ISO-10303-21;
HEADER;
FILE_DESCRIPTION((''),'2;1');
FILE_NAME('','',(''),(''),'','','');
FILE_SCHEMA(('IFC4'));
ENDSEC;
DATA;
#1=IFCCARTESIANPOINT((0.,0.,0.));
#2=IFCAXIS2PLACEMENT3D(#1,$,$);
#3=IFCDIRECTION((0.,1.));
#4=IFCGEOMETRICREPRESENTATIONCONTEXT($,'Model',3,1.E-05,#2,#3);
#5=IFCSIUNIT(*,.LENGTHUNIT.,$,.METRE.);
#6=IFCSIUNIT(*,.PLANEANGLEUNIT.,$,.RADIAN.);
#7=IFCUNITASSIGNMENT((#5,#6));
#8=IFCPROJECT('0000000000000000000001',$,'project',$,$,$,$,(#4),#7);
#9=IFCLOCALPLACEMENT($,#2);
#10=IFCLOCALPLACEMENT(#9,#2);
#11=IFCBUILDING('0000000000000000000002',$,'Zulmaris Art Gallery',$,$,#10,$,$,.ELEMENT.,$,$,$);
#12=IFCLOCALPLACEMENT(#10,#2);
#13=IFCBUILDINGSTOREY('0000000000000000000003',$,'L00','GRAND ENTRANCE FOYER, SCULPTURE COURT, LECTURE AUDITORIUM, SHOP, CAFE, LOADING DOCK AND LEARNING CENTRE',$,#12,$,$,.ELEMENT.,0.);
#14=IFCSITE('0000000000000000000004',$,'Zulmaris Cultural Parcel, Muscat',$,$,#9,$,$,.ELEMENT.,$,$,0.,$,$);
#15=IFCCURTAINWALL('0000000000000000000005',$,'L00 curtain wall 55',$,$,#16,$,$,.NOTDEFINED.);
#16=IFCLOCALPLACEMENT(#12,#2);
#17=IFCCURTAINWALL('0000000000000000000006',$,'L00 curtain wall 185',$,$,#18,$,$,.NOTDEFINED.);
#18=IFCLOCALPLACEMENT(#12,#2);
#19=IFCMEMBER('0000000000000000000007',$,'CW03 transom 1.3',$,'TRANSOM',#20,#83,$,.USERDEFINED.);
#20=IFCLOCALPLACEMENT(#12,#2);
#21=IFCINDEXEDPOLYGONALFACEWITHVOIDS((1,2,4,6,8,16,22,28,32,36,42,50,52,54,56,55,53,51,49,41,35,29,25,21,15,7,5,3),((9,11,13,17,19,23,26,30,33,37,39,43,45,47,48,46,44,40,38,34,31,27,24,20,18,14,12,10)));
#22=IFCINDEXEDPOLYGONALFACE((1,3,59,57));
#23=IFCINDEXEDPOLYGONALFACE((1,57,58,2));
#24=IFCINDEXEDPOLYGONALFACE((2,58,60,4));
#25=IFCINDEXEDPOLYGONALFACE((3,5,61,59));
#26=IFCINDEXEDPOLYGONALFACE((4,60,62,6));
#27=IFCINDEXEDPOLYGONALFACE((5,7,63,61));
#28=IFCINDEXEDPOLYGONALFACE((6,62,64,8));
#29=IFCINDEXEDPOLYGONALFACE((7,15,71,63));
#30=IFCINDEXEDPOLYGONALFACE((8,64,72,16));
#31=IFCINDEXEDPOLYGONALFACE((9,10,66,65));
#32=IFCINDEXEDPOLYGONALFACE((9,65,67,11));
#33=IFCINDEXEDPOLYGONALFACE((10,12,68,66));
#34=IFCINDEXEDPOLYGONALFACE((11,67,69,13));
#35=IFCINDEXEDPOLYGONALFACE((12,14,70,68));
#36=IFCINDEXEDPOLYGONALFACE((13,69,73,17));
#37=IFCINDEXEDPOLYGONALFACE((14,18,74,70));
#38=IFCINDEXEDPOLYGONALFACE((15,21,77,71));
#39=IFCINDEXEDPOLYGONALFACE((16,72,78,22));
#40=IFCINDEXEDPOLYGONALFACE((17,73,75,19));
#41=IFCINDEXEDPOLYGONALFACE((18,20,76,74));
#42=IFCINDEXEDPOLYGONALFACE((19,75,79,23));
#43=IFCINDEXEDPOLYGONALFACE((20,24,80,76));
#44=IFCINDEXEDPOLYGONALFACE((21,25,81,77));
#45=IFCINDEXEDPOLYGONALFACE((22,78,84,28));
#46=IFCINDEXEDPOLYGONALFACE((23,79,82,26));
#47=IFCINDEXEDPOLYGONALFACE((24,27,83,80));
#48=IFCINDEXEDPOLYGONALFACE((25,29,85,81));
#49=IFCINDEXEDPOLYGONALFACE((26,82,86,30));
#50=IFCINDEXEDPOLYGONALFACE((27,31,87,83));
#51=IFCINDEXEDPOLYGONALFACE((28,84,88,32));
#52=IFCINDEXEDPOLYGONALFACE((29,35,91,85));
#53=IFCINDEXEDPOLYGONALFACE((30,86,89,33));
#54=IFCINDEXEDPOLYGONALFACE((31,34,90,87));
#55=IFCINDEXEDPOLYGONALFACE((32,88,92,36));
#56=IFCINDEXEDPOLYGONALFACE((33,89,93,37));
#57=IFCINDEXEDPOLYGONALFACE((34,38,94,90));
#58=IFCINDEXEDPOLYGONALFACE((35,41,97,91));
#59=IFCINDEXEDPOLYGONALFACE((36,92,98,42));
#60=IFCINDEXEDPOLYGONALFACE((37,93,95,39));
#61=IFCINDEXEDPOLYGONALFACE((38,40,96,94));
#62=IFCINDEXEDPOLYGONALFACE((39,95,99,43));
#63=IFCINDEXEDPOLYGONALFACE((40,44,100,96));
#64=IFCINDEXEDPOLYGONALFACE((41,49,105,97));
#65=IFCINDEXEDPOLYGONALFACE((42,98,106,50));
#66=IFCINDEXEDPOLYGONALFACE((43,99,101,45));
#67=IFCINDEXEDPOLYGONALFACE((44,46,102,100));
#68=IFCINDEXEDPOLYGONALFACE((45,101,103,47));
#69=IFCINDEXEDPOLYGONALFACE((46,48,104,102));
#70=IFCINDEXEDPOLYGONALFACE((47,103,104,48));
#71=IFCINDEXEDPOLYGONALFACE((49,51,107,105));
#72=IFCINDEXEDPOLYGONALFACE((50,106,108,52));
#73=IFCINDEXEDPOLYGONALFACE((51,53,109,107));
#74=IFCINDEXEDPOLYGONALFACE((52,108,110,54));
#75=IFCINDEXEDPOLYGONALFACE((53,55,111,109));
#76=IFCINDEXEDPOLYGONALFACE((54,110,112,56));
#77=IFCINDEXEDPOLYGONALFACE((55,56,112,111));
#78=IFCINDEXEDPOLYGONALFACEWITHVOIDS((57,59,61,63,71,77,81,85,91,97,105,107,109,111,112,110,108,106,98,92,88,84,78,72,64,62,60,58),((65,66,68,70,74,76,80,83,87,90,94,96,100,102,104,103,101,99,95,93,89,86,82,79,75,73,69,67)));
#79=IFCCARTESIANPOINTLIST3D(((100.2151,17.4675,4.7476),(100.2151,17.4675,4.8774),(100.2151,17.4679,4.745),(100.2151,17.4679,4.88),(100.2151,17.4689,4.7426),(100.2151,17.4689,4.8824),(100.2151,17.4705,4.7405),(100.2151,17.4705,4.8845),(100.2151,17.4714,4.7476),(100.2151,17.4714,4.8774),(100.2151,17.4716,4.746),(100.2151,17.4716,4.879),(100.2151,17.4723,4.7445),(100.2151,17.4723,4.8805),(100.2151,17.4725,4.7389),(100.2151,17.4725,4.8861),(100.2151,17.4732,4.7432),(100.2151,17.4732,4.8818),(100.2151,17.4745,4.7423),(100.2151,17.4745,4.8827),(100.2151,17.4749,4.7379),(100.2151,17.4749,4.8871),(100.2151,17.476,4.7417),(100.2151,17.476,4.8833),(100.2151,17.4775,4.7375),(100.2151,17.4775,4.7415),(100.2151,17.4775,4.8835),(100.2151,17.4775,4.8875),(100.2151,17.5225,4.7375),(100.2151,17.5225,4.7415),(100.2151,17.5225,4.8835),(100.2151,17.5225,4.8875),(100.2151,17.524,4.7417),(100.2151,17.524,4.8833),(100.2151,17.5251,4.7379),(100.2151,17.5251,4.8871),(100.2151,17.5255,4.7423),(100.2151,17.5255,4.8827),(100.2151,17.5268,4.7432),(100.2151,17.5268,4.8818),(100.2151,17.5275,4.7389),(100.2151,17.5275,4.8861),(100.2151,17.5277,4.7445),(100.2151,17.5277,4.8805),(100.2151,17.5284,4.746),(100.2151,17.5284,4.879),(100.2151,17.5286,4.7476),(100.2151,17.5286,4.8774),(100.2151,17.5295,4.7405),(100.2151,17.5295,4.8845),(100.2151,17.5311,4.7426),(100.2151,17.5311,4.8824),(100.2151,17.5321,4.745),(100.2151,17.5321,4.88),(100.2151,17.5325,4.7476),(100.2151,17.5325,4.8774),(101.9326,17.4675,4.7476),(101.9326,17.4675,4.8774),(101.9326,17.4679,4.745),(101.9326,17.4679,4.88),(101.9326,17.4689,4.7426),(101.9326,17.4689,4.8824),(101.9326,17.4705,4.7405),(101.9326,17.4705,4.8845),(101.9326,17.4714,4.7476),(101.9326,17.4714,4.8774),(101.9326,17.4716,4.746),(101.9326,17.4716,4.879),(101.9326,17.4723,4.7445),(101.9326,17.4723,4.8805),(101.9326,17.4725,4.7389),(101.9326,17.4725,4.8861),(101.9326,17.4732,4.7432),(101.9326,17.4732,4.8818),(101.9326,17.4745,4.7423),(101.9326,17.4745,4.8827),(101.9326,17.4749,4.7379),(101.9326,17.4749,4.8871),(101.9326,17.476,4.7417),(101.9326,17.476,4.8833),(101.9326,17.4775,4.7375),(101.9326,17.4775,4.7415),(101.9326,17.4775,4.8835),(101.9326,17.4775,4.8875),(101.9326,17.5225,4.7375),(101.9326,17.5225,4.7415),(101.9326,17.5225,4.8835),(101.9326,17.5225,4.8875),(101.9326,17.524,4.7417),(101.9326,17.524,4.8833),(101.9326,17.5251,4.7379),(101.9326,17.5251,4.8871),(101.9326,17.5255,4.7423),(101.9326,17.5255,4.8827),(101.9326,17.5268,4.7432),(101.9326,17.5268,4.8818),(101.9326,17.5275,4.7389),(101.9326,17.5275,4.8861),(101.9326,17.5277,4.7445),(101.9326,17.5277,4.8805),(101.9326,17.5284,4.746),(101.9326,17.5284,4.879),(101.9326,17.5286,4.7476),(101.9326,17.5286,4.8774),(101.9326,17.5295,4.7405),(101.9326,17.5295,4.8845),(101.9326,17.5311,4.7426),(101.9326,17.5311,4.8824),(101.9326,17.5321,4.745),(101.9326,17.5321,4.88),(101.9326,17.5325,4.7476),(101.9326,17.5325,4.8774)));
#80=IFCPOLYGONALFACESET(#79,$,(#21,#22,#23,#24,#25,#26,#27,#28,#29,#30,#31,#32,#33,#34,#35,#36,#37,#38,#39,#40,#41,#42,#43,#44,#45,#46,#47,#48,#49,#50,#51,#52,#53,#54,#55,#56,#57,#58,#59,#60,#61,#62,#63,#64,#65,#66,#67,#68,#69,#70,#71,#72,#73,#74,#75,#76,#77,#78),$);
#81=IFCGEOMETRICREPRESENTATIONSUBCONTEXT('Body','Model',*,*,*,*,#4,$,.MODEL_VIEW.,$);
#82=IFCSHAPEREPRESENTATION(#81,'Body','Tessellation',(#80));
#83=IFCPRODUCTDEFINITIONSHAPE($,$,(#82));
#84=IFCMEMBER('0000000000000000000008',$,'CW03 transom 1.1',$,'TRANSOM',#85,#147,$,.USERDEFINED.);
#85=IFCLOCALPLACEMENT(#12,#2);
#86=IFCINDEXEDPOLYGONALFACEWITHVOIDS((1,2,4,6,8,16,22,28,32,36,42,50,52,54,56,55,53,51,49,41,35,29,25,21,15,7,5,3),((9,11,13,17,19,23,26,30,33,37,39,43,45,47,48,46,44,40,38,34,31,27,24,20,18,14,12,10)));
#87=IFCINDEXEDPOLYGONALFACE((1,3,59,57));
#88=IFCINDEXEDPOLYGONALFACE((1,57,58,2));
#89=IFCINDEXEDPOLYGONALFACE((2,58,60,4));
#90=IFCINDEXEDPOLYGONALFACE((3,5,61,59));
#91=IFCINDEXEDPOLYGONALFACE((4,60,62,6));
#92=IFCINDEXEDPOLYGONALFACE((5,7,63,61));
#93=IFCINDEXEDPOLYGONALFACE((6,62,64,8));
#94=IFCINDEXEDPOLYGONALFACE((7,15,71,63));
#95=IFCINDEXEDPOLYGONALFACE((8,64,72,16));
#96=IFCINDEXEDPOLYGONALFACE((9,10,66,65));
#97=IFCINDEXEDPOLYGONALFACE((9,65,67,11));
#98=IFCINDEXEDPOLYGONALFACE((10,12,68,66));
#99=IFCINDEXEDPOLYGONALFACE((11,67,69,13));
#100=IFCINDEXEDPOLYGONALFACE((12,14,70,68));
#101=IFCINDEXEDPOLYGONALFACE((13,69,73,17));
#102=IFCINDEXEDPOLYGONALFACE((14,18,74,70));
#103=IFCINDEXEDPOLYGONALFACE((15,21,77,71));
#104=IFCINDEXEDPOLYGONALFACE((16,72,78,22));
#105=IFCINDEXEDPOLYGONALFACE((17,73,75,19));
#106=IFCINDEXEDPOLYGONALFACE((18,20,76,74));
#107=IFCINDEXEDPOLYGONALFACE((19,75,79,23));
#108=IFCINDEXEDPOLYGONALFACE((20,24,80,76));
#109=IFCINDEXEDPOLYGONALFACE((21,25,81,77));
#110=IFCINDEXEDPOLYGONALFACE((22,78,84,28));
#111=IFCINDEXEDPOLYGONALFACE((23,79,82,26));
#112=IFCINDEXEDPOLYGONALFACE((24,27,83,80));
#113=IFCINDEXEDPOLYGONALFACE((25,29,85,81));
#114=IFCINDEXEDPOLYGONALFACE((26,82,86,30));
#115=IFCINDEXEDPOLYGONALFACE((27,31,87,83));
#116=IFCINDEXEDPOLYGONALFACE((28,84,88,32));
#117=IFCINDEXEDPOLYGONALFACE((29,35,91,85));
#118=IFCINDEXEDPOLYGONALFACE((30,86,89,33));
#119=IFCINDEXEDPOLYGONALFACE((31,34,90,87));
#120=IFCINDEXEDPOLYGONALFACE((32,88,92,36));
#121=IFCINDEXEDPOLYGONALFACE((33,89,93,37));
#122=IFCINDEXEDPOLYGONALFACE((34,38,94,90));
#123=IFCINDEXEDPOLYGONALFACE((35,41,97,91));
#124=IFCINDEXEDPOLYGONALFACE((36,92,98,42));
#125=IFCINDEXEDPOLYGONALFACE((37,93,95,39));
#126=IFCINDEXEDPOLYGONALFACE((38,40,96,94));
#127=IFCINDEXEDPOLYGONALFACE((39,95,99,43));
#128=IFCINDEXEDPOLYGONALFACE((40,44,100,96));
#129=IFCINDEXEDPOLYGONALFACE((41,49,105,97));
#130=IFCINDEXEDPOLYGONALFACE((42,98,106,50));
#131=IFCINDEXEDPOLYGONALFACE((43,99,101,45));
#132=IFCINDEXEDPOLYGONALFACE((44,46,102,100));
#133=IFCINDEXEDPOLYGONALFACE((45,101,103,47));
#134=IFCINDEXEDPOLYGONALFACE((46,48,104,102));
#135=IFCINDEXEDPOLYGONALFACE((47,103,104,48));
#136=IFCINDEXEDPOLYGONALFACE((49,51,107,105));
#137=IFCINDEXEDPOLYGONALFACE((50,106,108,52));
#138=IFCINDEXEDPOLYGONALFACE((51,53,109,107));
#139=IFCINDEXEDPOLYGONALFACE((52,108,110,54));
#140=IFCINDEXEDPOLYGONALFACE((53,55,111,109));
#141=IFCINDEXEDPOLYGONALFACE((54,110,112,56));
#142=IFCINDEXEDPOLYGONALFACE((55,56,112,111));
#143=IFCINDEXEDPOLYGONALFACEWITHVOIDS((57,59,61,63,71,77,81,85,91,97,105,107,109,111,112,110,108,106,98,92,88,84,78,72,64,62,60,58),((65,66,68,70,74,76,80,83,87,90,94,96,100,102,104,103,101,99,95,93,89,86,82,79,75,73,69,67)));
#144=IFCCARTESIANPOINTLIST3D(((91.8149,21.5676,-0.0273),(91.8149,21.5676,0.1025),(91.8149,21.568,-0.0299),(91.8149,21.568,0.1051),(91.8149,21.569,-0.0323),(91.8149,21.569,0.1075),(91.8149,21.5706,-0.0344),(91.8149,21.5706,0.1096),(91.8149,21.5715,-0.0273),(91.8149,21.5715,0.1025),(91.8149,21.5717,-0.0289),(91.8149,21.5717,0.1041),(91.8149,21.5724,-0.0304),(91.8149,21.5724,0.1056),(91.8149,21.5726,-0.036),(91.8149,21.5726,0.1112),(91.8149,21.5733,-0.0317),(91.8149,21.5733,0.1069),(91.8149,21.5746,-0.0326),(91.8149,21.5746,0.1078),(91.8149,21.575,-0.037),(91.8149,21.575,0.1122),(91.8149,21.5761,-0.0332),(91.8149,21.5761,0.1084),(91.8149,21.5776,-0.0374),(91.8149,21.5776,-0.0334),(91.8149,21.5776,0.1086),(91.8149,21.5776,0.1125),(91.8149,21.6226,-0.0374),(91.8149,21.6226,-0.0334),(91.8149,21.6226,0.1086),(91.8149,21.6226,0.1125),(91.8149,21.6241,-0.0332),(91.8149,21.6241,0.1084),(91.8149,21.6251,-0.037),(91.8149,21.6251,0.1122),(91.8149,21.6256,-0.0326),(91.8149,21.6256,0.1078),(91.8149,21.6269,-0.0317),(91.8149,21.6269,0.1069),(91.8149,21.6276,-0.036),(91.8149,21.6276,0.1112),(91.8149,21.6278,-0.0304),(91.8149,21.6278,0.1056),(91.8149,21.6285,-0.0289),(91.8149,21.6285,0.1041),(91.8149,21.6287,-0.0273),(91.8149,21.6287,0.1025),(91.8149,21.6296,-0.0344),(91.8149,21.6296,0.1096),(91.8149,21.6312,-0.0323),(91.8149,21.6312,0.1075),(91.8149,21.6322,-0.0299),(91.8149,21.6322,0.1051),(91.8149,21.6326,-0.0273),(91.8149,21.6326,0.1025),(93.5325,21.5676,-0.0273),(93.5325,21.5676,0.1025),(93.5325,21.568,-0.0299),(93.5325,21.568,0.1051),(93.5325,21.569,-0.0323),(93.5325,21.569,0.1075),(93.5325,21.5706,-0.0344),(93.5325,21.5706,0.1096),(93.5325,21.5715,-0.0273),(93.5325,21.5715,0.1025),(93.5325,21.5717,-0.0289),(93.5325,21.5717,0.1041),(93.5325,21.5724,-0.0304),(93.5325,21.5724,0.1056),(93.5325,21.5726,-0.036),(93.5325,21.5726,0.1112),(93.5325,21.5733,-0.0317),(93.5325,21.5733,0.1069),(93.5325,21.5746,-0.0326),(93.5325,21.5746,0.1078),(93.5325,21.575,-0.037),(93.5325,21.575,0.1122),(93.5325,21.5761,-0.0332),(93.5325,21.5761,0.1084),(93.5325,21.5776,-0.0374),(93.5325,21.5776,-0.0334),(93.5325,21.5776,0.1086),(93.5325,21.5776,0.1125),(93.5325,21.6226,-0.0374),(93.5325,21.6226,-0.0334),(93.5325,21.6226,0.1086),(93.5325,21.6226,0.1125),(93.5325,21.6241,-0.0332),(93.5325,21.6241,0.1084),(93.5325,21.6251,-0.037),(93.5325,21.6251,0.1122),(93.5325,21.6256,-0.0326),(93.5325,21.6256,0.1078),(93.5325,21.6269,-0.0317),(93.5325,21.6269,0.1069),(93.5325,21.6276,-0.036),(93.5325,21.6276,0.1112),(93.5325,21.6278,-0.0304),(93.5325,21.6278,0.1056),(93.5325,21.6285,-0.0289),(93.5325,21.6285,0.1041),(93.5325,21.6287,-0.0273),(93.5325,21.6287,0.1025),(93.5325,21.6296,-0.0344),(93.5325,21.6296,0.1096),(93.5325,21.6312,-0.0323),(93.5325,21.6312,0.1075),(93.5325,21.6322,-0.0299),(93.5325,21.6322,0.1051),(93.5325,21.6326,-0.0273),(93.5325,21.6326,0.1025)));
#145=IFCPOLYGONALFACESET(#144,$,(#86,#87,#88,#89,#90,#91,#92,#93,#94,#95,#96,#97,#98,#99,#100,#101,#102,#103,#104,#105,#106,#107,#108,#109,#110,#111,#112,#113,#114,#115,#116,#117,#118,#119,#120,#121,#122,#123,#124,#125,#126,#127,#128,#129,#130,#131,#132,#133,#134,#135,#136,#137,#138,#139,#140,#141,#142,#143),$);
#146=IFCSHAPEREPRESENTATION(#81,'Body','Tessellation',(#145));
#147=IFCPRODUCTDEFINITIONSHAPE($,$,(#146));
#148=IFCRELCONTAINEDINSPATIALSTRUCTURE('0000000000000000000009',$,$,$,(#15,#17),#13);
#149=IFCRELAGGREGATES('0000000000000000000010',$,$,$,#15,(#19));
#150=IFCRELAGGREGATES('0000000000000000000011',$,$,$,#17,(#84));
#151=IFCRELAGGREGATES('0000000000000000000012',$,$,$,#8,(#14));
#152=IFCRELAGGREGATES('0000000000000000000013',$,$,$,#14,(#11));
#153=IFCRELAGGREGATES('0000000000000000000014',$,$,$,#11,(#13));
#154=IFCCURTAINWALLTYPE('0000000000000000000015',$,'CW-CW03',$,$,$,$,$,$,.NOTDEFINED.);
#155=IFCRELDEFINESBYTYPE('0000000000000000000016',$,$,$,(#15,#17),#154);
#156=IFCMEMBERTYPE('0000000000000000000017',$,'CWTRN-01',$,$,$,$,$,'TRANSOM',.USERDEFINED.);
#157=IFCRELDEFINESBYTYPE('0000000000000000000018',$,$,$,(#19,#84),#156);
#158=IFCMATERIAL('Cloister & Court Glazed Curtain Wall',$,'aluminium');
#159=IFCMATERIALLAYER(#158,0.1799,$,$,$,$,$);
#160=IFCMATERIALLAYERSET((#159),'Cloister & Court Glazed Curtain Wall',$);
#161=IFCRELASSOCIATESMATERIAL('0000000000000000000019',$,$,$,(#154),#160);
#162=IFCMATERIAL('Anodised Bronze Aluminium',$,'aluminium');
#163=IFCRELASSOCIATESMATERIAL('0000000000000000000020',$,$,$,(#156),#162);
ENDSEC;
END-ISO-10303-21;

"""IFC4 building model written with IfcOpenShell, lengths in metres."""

from ifc_helpers import new_model, si_unit, direction, frame, origin, origin_2d, place, context, subcontext, project, spatial, hollow_rectangle, extrude, material, layer, layer_set, material_profile, profile_set, type_object, element, aggregate, save


model = new_model("IFC4")

# Units and contexts
model_context = context("Model", 3, precision=1e-05, world=origin(), true_north=direction((0.0, 1.0)))
body_context = subcontext(model_context, "Body", "Model", "MODEL_VIEW")
ifc_project = project(units=[si_unit("LENGTHUNIT", "METRE"), si_unit("PLANEANGLEUNIT", "RADIAN")], contexts=[model_context])

# Site, building, storey
site_placement = place(None, origin())
site = spatial("IfcSite", under=ifc_project, at=site_placement, Name="Zulmaris Cultural Parcel, Muscat", CompositionType="ELEMENT", RefElevation=0.0)
building_placement = place(site_placement, origin())
building = spatial("IfcBuilding", under=site, at=building_placement, Name="Zulmaris Art Gallery", CompositionType="ELEMENT")
storey_placement = place(building_placement, origin())
storey = spatial("IfcBuildingStorey", under=building, at=storey_placement, Name="L00", Description="GRAND ENTRANCE FOYER, SCULPTURE COURT, LECTURE AUDITORIUM, SHOP, CAFE, LOADING DOCK AND LEARNING CENTRE", CompositionType="ELEMENT", Elevation=0.0)

# Curtain wall
ifc_material_1 = material(Name="Cloister & Court Glazed Curtain Wall", Category="aluminium")
ifc_layer_1 = layer(ifc_material_1, 0.1799)
ifc_layer_set_1 = layer_set([ifc_layer_1], Name="Cloister & Court Glazed Curtain Wall")
curtain_wall_type = type_object("IfcCurtainWallType", Name="CW-CW03", PredefinedType="NOTDEFINED", material=ifc_layer_set_1)
curtain_wall_1_placement = place(storey_placement, origin())
curtain_wall_1 = element("IfcCurtainWall", 1, at=curtain_wall_1_placement, inside=storey, type_object=curtain_wall_type, Name="L00 curtain wall 55", PredefinedType="NOTDEFINED")
ifc_material_2 = material(Name="Anodised Bronze Aluminium", Category="aluminium")

# Curtain wall
curtain_wall_2_placement = place(storey_placement, origin())
curtain_wall_2 = element("IfcCurtainWall", 2, at=curtain_wall_2_placement, inside=storey, type_object=curtain_wall_type, Name="L00 curtain wall 185", PredefinedType="NOTDEFINED")

# Members
ifc_material_profile_1 = material_profile(ifc_material_2, hollow_rectangle(XDim=0.0649, YDim=0.1499, WallThickness=0.0039, InnerFilletRadius=0.0061, OuterFilletRadius=0.01, at=origin_2d()), Name="ALU 65x150x4")
ifc_profile_set_1 = profile_set([ifc_material_profile_1], Name="Anodised Bronze Aluminium")
member_type_1 = type_object("IfcMemberType", Name="CWTRN-01", ElementType="TRANSOM", PredefinedType="USERDEFINED", material=ifc_profile_set_1)
member_1_placement = place(storey_placement, frame((100.2151, 17.5, 4.8125), z_axis=(1.0, 0.0, 0.0), x_axis=(0.0, 1.0, 0.0)))
member_1 = element("IfcMember", 3, at=member_1_placement, type_object=member_type_1, Name="CW03 transom 1.3", ObjectType="TRANSOM", PredefinedType="USERDEFINED", context=body_context, shape_type="SweptSolid", body=[
    extrude(hollow_rectangle(XDim=0.0649, YDim=0.1499, WallThickness=0.0039, InnerFilletRadius=0.0061, OuterFilletRadius=0.01, at=origin_2d()), origin(), (0.0, 0.0, 1.0), 1.7175),
])
aggregate(curtain_wall_1, [member_1])
member_2_placement = place(storey_placement, frame((91.8149, 21.6001, 0.0376), z_axis=(1.0, 0.0, 0.0), x_axis=(0.0, 1.0, 0.0)))
member_2 = element("IfcMember", 4, at=member_2_placement, type_object=member_type_1, Name="CW03 transom 1.1", ObjectType="TRANSOM", PredefinedType="USERDEFINED", context=body_context, shape_type="SweptSolid", body=[
    extrude(hollow_rectangle(XDim=0.0649, YDim=0.1499, WallThickness=0.0039, InnerFilletRadius=0.0061, OuterFilletRadius=0.01, at=origin_2d()), origin(), (0.0, 0.0, 1.0), 1.7175),
])

aggregate(curtain_wall_2, [member_2])

save(model, "model.ifc")
